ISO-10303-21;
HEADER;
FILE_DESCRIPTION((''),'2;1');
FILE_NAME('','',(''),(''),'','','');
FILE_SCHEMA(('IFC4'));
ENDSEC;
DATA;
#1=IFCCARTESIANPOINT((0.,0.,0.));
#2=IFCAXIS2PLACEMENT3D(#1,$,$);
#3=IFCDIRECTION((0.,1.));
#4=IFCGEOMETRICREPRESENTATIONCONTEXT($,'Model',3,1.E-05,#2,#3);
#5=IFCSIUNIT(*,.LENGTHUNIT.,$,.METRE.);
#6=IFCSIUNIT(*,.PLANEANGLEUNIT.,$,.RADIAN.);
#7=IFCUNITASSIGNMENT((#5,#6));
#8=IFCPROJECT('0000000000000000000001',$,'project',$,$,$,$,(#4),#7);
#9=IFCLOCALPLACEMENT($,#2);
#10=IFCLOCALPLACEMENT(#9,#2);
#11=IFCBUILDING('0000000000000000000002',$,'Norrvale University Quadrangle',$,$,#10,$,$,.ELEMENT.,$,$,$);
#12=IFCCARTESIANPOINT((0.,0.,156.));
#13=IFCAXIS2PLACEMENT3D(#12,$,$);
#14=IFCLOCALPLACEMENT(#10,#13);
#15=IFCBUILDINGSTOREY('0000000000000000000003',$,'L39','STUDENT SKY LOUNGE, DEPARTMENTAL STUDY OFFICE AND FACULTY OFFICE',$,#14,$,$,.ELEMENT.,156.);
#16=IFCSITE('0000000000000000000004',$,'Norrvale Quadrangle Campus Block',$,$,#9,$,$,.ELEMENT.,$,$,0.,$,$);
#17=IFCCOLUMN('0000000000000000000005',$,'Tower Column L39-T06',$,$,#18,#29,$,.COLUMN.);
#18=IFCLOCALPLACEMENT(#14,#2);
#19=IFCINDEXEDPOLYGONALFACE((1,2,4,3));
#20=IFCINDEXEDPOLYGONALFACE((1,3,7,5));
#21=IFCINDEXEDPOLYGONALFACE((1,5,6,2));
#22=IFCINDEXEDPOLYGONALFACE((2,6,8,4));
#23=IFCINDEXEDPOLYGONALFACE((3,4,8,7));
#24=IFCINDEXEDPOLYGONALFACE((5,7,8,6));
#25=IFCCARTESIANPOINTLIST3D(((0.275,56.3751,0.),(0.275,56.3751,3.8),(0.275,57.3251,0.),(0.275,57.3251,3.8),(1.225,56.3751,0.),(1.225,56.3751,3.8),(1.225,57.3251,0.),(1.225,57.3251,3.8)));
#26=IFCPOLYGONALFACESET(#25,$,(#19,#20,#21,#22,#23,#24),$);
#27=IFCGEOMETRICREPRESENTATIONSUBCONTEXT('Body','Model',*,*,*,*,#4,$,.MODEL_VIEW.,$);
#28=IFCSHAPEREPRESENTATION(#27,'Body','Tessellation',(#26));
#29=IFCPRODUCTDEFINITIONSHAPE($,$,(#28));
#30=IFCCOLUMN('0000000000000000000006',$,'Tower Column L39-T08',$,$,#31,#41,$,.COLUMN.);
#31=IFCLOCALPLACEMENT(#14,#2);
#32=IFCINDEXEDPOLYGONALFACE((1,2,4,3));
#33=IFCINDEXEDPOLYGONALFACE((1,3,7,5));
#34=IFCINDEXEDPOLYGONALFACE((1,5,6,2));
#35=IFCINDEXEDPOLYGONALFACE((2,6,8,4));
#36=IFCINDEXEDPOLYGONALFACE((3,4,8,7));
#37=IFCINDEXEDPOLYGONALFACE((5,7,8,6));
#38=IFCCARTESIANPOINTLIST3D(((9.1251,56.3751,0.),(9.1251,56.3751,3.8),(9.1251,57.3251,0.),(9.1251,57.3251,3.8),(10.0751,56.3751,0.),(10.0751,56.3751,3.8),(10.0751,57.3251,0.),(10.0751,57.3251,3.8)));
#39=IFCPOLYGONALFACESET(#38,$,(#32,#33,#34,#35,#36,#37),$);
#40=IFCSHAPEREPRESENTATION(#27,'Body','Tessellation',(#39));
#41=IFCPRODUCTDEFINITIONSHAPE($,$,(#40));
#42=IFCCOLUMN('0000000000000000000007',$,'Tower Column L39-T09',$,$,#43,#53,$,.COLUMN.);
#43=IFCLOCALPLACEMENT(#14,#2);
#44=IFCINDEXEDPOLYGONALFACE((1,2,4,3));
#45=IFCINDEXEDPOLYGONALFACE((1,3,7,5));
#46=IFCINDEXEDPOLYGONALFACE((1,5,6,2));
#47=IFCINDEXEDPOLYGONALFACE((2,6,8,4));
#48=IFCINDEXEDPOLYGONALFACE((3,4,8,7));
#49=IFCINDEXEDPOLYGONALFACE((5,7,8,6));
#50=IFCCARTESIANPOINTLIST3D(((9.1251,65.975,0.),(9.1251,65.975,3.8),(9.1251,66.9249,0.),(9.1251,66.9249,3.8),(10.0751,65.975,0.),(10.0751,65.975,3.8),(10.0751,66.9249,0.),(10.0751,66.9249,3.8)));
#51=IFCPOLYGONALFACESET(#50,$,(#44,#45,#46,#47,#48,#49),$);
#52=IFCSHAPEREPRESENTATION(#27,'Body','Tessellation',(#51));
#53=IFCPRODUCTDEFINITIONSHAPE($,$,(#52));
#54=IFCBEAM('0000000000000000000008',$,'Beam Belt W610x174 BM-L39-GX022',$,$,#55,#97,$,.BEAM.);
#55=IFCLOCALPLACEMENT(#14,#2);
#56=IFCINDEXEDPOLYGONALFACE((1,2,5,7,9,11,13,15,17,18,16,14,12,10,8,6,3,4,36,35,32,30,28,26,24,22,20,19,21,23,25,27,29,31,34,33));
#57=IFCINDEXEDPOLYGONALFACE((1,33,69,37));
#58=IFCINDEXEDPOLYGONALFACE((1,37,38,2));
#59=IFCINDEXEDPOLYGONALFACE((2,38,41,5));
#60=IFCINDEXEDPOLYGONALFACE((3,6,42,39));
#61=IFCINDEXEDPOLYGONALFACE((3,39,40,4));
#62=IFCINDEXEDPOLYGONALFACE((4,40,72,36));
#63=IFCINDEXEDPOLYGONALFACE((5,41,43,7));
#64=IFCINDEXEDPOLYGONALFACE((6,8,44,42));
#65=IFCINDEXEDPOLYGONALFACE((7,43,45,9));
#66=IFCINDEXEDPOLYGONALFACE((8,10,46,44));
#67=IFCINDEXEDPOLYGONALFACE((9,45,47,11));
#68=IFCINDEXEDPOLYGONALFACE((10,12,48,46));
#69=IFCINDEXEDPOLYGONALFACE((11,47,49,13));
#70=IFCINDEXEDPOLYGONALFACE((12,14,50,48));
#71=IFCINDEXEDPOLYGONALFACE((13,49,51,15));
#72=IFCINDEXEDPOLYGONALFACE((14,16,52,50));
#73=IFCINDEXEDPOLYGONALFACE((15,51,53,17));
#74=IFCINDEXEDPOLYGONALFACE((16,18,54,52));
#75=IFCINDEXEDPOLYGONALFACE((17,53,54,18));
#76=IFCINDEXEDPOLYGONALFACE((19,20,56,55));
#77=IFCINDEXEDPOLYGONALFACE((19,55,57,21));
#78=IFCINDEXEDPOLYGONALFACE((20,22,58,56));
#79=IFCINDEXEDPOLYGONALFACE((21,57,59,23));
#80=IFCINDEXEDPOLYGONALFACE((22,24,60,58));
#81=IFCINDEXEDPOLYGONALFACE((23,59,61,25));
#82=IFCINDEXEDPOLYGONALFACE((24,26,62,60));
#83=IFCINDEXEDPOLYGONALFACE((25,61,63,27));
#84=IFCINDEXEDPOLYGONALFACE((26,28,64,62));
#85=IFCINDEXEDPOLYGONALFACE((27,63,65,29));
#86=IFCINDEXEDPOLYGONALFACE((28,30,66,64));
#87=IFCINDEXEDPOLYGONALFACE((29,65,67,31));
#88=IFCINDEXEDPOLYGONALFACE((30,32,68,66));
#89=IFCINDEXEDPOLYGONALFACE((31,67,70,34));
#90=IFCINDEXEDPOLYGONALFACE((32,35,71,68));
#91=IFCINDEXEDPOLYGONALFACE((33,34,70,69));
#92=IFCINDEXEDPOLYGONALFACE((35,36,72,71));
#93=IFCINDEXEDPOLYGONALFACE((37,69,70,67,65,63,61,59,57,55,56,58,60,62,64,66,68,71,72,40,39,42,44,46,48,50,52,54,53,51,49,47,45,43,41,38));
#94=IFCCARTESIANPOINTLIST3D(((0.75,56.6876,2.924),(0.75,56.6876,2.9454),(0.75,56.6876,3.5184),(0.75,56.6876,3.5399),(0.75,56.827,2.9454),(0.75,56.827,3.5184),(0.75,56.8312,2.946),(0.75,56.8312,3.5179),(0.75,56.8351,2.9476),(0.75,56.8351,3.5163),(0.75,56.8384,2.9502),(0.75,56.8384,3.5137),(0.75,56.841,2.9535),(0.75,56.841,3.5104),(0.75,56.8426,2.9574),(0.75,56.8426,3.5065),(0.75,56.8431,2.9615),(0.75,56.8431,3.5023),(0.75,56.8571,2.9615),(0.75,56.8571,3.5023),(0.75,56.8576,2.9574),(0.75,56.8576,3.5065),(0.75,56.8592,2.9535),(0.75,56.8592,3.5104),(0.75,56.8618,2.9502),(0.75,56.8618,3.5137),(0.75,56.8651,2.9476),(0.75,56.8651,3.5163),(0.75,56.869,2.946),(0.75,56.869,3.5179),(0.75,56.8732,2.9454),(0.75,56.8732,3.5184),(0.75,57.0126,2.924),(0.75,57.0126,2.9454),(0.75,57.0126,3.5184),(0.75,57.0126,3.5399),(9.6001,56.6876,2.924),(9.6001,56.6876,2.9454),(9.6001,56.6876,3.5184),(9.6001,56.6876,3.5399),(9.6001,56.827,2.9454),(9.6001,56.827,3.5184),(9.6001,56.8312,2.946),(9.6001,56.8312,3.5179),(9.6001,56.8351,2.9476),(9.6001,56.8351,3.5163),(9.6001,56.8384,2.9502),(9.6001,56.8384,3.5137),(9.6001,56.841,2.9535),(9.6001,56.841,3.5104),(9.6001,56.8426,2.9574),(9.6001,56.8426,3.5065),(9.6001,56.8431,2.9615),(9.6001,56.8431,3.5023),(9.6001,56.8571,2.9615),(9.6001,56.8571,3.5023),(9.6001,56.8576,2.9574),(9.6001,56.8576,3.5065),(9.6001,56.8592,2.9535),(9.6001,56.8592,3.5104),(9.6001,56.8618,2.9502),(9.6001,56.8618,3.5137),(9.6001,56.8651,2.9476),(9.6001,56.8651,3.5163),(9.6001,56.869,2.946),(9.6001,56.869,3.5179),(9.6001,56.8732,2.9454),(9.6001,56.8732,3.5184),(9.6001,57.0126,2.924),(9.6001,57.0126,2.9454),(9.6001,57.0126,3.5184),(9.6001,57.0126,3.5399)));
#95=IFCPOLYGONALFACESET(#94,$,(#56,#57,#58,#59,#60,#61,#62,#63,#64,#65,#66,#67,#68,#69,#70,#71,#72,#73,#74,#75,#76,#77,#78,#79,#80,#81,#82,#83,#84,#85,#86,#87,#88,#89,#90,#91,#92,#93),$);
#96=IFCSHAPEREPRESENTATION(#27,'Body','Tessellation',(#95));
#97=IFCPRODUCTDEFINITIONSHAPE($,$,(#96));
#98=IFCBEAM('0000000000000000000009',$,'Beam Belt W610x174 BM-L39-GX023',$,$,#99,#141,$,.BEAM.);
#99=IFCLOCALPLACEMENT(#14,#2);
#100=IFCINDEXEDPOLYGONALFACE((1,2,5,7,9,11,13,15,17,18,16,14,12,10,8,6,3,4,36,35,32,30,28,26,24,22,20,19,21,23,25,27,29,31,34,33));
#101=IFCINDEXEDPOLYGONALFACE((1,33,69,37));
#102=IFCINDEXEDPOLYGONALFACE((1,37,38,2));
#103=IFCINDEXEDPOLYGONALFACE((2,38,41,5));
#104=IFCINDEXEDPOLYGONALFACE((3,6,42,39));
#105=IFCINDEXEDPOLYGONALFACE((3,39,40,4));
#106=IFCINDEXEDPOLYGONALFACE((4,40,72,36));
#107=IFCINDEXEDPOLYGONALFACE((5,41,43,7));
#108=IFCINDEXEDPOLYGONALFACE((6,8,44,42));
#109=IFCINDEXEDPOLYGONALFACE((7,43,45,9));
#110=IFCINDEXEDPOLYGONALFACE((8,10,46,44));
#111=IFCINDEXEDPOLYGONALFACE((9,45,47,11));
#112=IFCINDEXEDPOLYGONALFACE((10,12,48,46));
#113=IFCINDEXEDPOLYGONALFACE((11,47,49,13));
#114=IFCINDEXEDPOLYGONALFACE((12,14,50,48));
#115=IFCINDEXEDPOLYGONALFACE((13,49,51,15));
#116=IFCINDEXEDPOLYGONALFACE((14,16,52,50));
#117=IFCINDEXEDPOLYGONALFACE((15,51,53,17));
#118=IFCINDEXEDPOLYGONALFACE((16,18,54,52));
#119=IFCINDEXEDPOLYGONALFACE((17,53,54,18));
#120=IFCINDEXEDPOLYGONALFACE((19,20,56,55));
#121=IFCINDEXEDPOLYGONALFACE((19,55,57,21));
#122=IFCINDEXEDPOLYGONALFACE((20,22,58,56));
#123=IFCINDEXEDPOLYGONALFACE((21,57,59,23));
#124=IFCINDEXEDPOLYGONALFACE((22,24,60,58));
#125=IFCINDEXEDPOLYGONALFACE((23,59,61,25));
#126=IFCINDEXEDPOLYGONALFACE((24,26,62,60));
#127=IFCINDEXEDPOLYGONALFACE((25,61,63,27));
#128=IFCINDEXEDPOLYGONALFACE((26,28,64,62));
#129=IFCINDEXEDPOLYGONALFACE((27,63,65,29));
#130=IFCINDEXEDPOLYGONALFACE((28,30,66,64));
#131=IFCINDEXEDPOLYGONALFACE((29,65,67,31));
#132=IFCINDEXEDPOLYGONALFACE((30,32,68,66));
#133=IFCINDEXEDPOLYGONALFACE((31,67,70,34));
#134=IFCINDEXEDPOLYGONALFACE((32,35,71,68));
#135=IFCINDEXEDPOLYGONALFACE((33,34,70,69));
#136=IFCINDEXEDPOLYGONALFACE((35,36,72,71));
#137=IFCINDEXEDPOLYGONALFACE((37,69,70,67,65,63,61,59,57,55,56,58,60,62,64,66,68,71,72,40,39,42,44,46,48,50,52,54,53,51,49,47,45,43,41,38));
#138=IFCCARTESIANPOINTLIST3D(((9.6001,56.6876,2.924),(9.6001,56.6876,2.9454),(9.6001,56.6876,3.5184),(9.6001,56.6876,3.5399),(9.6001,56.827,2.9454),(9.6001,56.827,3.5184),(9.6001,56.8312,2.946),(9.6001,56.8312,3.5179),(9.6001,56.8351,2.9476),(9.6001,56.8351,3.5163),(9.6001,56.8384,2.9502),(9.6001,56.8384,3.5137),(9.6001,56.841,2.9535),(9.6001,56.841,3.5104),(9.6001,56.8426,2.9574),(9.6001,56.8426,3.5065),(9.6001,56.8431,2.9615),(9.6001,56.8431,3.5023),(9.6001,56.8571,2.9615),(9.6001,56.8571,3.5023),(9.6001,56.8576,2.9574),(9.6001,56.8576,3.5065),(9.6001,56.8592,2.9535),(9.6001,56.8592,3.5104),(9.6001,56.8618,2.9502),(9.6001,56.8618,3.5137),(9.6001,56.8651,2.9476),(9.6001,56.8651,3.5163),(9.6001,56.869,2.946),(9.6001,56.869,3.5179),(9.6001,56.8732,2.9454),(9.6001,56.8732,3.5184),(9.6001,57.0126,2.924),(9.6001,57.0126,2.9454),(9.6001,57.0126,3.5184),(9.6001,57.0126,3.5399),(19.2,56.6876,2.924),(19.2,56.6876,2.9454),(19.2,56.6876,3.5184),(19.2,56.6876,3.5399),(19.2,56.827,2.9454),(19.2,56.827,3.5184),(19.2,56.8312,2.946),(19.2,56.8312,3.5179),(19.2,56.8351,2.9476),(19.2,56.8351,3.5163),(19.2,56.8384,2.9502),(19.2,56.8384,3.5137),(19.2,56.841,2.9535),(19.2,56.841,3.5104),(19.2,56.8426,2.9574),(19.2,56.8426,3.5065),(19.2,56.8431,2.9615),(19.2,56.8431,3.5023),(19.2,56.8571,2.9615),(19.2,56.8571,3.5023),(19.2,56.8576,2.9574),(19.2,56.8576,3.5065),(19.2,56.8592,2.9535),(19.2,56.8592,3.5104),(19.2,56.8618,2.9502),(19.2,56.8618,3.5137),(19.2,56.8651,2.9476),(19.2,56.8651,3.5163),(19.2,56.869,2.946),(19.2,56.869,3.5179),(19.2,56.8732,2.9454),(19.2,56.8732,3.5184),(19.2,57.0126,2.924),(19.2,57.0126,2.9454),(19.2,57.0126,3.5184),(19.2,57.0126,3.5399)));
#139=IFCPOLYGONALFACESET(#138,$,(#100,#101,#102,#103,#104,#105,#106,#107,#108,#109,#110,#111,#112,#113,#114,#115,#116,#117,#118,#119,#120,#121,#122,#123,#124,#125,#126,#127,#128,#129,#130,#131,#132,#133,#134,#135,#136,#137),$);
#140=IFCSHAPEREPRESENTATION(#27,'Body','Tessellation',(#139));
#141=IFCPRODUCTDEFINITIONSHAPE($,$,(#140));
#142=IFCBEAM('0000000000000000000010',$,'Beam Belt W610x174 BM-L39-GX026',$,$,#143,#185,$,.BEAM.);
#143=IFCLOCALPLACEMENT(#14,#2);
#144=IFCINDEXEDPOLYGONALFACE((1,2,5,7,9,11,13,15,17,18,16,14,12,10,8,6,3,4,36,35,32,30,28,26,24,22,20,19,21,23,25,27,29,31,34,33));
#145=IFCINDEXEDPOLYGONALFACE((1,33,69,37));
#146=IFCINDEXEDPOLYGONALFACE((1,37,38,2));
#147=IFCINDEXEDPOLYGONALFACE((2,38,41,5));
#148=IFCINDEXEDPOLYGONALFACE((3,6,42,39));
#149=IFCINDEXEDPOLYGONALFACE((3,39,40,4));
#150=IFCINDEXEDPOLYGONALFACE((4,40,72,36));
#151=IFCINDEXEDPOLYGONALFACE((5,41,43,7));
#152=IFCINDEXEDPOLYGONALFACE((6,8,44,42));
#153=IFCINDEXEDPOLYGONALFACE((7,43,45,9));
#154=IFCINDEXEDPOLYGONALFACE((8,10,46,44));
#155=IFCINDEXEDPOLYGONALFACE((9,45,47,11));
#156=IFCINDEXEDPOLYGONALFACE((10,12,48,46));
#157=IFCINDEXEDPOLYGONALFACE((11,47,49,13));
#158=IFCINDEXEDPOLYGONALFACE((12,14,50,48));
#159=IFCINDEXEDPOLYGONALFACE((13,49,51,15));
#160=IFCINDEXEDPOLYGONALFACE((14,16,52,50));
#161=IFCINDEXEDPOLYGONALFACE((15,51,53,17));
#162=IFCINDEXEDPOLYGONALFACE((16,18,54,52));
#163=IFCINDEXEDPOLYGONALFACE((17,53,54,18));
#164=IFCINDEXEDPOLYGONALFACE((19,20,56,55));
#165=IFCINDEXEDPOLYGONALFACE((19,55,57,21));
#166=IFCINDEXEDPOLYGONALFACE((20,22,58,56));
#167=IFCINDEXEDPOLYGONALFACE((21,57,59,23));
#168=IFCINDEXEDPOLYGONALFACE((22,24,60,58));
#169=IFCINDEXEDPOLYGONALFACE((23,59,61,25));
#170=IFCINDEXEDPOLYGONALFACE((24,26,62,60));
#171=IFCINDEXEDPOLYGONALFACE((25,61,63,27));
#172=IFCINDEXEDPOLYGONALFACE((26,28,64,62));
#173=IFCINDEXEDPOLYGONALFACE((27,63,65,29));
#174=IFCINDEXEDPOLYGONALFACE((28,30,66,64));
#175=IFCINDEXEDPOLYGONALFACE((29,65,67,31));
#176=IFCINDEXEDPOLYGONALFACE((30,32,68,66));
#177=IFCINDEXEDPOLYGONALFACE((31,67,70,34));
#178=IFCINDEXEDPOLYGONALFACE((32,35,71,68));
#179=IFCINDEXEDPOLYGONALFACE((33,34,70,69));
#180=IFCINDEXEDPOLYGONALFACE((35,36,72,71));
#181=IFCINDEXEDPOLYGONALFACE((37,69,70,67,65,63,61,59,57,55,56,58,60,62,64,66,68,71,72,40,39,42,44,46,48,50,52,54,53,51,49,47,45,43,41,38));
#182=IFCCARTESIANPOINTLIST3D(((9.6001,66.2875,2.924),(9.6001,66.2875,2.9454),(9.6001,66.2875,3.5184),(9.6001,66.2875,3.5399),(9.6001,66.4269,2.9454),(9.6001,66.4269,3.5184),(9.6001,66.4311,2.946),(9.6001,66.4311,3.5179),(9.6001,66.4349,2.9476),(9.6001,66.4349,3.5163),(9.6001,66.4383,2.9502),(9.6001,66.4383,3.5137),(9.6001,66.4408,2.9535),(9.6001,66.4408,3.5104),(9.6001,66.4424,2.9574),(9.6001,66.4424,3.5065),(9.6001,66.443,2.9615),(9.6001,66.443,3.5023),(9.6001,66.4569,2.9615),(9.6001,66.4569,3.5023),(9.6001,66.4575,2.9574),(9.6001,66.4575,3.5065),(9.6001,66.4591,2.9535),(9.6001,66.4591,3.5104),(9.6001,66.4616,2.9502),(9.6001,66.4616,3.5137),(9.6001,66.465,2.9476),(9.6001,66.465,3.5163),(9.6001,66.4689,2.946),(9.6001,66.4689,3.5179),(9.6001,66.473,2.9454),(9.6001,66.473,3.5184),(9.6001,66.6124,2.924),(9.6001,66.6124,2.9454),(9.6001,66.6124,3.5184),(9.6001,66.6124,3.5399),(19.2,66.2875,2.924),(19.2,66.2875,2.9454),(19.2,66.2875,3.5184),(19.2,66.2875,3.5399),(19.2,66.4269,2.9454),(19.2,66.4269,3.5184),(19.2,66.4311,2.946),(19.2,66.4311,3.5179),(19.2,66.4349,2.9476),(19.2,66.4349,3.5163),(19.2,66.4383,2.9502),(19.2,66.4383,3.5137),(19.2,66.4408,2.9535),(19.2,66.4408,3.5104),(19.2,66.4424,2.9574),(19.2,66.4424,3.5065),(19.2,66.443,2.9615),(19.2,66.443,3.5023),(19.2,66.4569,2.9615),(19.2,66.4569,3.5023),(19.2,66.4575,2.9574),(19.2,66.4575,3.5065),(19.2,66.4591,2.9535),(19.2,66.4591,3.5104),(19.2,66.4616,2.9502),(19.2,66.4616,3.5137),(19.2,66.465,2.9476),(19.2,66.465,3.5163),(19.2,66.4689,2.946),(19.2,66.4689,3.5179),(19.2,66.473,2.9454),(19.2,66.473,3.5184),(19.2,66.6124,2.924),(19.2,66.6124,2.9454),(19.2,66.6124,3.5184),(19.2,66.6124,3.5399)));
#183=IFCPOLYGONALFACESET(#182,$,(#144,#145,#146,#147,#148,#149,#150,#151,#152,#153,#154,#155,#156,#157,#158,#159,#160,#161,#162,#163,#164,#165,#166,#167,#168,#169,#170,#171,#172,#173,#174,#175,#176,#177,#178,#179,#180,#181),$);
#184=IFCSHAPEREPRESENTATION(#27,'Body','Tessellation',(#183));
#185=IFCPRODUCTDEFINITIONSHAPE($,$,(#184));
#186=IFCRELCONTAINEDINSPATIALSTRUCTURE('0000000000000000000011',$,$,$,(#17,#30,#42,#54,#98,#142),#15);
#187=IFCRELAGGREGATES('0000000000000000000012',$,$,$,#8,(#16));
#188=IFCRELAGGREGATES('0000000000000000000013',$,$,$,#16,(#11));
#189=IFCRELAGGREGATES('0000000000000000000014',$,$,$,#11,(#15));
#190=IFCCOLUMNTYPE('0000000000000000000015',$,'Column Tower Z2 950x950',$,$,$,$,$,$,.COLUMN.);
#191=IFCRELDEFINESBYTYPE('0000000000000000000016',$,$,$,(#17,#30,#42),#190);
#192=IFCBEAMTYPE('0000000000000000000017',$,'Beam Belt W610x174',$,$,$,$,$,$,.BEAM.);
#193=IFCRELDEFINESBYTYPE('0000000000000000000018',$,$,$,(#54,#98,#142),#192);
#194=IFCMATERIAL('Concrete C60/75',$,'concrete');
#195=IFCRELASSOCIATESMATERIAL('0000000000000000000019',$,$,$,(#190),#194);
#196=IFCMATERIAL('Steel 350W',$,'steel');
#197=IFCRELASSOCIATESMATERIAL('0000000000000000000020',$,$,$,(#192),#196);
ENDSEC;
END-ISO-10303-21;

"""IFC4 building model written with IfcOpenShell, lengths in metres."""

from ifc_helpers import new_model, si_unit, direction, frame, origin, origin_2d, place, context, subcontext, project, spatial, rectangle, i_section, extrude, material, material_profile, profile_set, type_object, element, save


model = new_model("IFC4")

# Units and contexts
model_context = context("Model", 3, precision=1e-05, world=origin(), true_north=direction((0.0, 1.0)))
body_context = subcontext(model_context, "Body", "Model", "MODEL_VIEW")
ifc_project = project(units=[si_unit("LENGTHUNIT", "METRE"), si_unit("PLANEANGLEUNIT", "RADIAN")], contexts=[model_context])

# Site, building, storey
site_placement = place(None, origin())
site = spatial("IfcSite", under=ifc_project, at=site_placement, Name="Norrvale Quadrangle Campus Block", CompositionType="ELEMENT", RefElevation=0.0)
building_placement = place(site_placement, origin())
building = spatial("IfcBuilding", under=site, at=building_placement, Name="Norrvale University Quadrangle", CompositionType="ELEMENT")
storey_placement = place(building_placement, frame((0.0, 0.0, 156.0)))
storey = spatial("IfcBuildingStorey", under=building, at=storey_placement, Name="L39", Description="STUDENT SKY LOUNGE, DEPARTMENTAL STUDY OFFICE AND FACULTY OFFICE", CompositionType="ELEMENT", Elevation=156.0)

# Columns
ifc_material_1 = material(Name="Concrete C60/75", Category="concrete")
ifc_material_profile_1 = material_profile(ifc_material_1, rectangle(XDim=0.95, YDim=0.95, at=origin_2d()), Name="Concrete C60/75")
ifc_profile_set_1 = profile_set([ifc_material_profile_1], Name="Concrete C60/75")
column_type = type_object("IfcColumnType", Name="Column Tower Z2 950x950", PredefinedType="COLUMN", material=ifc_profile_set_1)
for number, where, z_axis, x_axis, name in (
    (1, (0.75, 56.8501, 0.0), (0.0, 0.0, 1.0), (1.0, 0.0, 0.0), "Tower Column L39-T06"),
    (2, (9.6001, 56.8501, 0.0), (0.0, 0.0, 1.0), (1.0, 0.0, 0.0), "Tower Column L39-T08"),
    (3, (9.6001, 66.45, 0.0), (0.0, 0.0, 1.0), (1.0, 0.0, 0.0), "Tower Column L39-T09"),
):
    element("IfcColumn", number, at=place(storey_placement, frame(where, z_axis=z_axis, x_axis=x_axis)), inside=storey, type_object=column_type, Name=name, PredefinedType="COLUMN", context=body_context, shape_type="SweptSolid", body=[
        extrude(rectangle(XDim=0.95, YDim=0.95, at=origin_2d()), origin(), (0.0, 0.0, 1.0), 3.8),
    ])

# Beams
ifc_material_2 = material(Name="Steel 350W", Category="steel")
ifc_material_profile_2 = material_profile(ifc_material_2, i_section(OverallWidth=0.325, OverallDepth=0.616, WebThickness=0.0139, FlangeThickness=0.0215, FilletRadius=0.0161, at=origin_2d()), Name="Steel 350W")
ifc_profile_set_2 = profile_set([ifc_material_profile_2], Name="Steel 350W")
beam_type_1 = type_object("IfcBeamType", Name="Beam Belt W610x174", PredefinedType="BEAM", material=ifc_profile_set_2)
beam_1_placement = place(storey_placement, frame((0.75, 56.8501, 3.2319), z_axis=(1.0, 0.0, 0.0), x_axis=(0.0, 1.0, 0.0)))
element("IfcBeam", 4, at=beam_1_placement, inside=storey, type_object=beam_type_1, Name="Beam Belt W610x174 BM-L39-GX022", PredefinedType="BEAM", context=body_context, shape_type="SweptSolid", body=[
    extrude(i_section(OverallWidth=0.325, OverallDepth=0.616, WebThickness=0.0139, FlangeThickness=0.0215, FilletRadius=0.0161, at=origin_2d()), origin(), (0.0, 0.0, 1.0), 8.8501),
])
for number, where, z_axis, x_axis, name in (
    (5, (9.6001, 56.8501, 3.2319), (1.0, 0.0, 0.0), (0.0, 1.0, 0.0), "Beam Belt W610x174 BM-L39-GX023"),
    (6, (9.6001, 66.45, 3.2319), (1.0, 0.0, 0.0), (0.0, 1.0, 0.0), "Beam Belt W610x174 BM-L39-GX026"),
):
    element("IfcBeam", number, at=place(storey_placement, frame(where, z_axis=z_axis, x_axis=x_axis)), inside=storey, type_object=beam_type_1, Name=name, PredefinedType="BEAM", context=body_context, shape_type="SweptSolid", body=[
        extrude(i_section(OverallWidth=0.325, OverallDepth=0.616, WebThickness=0.0139, FlangeThickness=0.0215, FilletRadius=0.0161, at=origin_2d()), origin(), (0.0, 0.0, 1.0), 9.5999),
    ])

save(model, "model.ifc")
